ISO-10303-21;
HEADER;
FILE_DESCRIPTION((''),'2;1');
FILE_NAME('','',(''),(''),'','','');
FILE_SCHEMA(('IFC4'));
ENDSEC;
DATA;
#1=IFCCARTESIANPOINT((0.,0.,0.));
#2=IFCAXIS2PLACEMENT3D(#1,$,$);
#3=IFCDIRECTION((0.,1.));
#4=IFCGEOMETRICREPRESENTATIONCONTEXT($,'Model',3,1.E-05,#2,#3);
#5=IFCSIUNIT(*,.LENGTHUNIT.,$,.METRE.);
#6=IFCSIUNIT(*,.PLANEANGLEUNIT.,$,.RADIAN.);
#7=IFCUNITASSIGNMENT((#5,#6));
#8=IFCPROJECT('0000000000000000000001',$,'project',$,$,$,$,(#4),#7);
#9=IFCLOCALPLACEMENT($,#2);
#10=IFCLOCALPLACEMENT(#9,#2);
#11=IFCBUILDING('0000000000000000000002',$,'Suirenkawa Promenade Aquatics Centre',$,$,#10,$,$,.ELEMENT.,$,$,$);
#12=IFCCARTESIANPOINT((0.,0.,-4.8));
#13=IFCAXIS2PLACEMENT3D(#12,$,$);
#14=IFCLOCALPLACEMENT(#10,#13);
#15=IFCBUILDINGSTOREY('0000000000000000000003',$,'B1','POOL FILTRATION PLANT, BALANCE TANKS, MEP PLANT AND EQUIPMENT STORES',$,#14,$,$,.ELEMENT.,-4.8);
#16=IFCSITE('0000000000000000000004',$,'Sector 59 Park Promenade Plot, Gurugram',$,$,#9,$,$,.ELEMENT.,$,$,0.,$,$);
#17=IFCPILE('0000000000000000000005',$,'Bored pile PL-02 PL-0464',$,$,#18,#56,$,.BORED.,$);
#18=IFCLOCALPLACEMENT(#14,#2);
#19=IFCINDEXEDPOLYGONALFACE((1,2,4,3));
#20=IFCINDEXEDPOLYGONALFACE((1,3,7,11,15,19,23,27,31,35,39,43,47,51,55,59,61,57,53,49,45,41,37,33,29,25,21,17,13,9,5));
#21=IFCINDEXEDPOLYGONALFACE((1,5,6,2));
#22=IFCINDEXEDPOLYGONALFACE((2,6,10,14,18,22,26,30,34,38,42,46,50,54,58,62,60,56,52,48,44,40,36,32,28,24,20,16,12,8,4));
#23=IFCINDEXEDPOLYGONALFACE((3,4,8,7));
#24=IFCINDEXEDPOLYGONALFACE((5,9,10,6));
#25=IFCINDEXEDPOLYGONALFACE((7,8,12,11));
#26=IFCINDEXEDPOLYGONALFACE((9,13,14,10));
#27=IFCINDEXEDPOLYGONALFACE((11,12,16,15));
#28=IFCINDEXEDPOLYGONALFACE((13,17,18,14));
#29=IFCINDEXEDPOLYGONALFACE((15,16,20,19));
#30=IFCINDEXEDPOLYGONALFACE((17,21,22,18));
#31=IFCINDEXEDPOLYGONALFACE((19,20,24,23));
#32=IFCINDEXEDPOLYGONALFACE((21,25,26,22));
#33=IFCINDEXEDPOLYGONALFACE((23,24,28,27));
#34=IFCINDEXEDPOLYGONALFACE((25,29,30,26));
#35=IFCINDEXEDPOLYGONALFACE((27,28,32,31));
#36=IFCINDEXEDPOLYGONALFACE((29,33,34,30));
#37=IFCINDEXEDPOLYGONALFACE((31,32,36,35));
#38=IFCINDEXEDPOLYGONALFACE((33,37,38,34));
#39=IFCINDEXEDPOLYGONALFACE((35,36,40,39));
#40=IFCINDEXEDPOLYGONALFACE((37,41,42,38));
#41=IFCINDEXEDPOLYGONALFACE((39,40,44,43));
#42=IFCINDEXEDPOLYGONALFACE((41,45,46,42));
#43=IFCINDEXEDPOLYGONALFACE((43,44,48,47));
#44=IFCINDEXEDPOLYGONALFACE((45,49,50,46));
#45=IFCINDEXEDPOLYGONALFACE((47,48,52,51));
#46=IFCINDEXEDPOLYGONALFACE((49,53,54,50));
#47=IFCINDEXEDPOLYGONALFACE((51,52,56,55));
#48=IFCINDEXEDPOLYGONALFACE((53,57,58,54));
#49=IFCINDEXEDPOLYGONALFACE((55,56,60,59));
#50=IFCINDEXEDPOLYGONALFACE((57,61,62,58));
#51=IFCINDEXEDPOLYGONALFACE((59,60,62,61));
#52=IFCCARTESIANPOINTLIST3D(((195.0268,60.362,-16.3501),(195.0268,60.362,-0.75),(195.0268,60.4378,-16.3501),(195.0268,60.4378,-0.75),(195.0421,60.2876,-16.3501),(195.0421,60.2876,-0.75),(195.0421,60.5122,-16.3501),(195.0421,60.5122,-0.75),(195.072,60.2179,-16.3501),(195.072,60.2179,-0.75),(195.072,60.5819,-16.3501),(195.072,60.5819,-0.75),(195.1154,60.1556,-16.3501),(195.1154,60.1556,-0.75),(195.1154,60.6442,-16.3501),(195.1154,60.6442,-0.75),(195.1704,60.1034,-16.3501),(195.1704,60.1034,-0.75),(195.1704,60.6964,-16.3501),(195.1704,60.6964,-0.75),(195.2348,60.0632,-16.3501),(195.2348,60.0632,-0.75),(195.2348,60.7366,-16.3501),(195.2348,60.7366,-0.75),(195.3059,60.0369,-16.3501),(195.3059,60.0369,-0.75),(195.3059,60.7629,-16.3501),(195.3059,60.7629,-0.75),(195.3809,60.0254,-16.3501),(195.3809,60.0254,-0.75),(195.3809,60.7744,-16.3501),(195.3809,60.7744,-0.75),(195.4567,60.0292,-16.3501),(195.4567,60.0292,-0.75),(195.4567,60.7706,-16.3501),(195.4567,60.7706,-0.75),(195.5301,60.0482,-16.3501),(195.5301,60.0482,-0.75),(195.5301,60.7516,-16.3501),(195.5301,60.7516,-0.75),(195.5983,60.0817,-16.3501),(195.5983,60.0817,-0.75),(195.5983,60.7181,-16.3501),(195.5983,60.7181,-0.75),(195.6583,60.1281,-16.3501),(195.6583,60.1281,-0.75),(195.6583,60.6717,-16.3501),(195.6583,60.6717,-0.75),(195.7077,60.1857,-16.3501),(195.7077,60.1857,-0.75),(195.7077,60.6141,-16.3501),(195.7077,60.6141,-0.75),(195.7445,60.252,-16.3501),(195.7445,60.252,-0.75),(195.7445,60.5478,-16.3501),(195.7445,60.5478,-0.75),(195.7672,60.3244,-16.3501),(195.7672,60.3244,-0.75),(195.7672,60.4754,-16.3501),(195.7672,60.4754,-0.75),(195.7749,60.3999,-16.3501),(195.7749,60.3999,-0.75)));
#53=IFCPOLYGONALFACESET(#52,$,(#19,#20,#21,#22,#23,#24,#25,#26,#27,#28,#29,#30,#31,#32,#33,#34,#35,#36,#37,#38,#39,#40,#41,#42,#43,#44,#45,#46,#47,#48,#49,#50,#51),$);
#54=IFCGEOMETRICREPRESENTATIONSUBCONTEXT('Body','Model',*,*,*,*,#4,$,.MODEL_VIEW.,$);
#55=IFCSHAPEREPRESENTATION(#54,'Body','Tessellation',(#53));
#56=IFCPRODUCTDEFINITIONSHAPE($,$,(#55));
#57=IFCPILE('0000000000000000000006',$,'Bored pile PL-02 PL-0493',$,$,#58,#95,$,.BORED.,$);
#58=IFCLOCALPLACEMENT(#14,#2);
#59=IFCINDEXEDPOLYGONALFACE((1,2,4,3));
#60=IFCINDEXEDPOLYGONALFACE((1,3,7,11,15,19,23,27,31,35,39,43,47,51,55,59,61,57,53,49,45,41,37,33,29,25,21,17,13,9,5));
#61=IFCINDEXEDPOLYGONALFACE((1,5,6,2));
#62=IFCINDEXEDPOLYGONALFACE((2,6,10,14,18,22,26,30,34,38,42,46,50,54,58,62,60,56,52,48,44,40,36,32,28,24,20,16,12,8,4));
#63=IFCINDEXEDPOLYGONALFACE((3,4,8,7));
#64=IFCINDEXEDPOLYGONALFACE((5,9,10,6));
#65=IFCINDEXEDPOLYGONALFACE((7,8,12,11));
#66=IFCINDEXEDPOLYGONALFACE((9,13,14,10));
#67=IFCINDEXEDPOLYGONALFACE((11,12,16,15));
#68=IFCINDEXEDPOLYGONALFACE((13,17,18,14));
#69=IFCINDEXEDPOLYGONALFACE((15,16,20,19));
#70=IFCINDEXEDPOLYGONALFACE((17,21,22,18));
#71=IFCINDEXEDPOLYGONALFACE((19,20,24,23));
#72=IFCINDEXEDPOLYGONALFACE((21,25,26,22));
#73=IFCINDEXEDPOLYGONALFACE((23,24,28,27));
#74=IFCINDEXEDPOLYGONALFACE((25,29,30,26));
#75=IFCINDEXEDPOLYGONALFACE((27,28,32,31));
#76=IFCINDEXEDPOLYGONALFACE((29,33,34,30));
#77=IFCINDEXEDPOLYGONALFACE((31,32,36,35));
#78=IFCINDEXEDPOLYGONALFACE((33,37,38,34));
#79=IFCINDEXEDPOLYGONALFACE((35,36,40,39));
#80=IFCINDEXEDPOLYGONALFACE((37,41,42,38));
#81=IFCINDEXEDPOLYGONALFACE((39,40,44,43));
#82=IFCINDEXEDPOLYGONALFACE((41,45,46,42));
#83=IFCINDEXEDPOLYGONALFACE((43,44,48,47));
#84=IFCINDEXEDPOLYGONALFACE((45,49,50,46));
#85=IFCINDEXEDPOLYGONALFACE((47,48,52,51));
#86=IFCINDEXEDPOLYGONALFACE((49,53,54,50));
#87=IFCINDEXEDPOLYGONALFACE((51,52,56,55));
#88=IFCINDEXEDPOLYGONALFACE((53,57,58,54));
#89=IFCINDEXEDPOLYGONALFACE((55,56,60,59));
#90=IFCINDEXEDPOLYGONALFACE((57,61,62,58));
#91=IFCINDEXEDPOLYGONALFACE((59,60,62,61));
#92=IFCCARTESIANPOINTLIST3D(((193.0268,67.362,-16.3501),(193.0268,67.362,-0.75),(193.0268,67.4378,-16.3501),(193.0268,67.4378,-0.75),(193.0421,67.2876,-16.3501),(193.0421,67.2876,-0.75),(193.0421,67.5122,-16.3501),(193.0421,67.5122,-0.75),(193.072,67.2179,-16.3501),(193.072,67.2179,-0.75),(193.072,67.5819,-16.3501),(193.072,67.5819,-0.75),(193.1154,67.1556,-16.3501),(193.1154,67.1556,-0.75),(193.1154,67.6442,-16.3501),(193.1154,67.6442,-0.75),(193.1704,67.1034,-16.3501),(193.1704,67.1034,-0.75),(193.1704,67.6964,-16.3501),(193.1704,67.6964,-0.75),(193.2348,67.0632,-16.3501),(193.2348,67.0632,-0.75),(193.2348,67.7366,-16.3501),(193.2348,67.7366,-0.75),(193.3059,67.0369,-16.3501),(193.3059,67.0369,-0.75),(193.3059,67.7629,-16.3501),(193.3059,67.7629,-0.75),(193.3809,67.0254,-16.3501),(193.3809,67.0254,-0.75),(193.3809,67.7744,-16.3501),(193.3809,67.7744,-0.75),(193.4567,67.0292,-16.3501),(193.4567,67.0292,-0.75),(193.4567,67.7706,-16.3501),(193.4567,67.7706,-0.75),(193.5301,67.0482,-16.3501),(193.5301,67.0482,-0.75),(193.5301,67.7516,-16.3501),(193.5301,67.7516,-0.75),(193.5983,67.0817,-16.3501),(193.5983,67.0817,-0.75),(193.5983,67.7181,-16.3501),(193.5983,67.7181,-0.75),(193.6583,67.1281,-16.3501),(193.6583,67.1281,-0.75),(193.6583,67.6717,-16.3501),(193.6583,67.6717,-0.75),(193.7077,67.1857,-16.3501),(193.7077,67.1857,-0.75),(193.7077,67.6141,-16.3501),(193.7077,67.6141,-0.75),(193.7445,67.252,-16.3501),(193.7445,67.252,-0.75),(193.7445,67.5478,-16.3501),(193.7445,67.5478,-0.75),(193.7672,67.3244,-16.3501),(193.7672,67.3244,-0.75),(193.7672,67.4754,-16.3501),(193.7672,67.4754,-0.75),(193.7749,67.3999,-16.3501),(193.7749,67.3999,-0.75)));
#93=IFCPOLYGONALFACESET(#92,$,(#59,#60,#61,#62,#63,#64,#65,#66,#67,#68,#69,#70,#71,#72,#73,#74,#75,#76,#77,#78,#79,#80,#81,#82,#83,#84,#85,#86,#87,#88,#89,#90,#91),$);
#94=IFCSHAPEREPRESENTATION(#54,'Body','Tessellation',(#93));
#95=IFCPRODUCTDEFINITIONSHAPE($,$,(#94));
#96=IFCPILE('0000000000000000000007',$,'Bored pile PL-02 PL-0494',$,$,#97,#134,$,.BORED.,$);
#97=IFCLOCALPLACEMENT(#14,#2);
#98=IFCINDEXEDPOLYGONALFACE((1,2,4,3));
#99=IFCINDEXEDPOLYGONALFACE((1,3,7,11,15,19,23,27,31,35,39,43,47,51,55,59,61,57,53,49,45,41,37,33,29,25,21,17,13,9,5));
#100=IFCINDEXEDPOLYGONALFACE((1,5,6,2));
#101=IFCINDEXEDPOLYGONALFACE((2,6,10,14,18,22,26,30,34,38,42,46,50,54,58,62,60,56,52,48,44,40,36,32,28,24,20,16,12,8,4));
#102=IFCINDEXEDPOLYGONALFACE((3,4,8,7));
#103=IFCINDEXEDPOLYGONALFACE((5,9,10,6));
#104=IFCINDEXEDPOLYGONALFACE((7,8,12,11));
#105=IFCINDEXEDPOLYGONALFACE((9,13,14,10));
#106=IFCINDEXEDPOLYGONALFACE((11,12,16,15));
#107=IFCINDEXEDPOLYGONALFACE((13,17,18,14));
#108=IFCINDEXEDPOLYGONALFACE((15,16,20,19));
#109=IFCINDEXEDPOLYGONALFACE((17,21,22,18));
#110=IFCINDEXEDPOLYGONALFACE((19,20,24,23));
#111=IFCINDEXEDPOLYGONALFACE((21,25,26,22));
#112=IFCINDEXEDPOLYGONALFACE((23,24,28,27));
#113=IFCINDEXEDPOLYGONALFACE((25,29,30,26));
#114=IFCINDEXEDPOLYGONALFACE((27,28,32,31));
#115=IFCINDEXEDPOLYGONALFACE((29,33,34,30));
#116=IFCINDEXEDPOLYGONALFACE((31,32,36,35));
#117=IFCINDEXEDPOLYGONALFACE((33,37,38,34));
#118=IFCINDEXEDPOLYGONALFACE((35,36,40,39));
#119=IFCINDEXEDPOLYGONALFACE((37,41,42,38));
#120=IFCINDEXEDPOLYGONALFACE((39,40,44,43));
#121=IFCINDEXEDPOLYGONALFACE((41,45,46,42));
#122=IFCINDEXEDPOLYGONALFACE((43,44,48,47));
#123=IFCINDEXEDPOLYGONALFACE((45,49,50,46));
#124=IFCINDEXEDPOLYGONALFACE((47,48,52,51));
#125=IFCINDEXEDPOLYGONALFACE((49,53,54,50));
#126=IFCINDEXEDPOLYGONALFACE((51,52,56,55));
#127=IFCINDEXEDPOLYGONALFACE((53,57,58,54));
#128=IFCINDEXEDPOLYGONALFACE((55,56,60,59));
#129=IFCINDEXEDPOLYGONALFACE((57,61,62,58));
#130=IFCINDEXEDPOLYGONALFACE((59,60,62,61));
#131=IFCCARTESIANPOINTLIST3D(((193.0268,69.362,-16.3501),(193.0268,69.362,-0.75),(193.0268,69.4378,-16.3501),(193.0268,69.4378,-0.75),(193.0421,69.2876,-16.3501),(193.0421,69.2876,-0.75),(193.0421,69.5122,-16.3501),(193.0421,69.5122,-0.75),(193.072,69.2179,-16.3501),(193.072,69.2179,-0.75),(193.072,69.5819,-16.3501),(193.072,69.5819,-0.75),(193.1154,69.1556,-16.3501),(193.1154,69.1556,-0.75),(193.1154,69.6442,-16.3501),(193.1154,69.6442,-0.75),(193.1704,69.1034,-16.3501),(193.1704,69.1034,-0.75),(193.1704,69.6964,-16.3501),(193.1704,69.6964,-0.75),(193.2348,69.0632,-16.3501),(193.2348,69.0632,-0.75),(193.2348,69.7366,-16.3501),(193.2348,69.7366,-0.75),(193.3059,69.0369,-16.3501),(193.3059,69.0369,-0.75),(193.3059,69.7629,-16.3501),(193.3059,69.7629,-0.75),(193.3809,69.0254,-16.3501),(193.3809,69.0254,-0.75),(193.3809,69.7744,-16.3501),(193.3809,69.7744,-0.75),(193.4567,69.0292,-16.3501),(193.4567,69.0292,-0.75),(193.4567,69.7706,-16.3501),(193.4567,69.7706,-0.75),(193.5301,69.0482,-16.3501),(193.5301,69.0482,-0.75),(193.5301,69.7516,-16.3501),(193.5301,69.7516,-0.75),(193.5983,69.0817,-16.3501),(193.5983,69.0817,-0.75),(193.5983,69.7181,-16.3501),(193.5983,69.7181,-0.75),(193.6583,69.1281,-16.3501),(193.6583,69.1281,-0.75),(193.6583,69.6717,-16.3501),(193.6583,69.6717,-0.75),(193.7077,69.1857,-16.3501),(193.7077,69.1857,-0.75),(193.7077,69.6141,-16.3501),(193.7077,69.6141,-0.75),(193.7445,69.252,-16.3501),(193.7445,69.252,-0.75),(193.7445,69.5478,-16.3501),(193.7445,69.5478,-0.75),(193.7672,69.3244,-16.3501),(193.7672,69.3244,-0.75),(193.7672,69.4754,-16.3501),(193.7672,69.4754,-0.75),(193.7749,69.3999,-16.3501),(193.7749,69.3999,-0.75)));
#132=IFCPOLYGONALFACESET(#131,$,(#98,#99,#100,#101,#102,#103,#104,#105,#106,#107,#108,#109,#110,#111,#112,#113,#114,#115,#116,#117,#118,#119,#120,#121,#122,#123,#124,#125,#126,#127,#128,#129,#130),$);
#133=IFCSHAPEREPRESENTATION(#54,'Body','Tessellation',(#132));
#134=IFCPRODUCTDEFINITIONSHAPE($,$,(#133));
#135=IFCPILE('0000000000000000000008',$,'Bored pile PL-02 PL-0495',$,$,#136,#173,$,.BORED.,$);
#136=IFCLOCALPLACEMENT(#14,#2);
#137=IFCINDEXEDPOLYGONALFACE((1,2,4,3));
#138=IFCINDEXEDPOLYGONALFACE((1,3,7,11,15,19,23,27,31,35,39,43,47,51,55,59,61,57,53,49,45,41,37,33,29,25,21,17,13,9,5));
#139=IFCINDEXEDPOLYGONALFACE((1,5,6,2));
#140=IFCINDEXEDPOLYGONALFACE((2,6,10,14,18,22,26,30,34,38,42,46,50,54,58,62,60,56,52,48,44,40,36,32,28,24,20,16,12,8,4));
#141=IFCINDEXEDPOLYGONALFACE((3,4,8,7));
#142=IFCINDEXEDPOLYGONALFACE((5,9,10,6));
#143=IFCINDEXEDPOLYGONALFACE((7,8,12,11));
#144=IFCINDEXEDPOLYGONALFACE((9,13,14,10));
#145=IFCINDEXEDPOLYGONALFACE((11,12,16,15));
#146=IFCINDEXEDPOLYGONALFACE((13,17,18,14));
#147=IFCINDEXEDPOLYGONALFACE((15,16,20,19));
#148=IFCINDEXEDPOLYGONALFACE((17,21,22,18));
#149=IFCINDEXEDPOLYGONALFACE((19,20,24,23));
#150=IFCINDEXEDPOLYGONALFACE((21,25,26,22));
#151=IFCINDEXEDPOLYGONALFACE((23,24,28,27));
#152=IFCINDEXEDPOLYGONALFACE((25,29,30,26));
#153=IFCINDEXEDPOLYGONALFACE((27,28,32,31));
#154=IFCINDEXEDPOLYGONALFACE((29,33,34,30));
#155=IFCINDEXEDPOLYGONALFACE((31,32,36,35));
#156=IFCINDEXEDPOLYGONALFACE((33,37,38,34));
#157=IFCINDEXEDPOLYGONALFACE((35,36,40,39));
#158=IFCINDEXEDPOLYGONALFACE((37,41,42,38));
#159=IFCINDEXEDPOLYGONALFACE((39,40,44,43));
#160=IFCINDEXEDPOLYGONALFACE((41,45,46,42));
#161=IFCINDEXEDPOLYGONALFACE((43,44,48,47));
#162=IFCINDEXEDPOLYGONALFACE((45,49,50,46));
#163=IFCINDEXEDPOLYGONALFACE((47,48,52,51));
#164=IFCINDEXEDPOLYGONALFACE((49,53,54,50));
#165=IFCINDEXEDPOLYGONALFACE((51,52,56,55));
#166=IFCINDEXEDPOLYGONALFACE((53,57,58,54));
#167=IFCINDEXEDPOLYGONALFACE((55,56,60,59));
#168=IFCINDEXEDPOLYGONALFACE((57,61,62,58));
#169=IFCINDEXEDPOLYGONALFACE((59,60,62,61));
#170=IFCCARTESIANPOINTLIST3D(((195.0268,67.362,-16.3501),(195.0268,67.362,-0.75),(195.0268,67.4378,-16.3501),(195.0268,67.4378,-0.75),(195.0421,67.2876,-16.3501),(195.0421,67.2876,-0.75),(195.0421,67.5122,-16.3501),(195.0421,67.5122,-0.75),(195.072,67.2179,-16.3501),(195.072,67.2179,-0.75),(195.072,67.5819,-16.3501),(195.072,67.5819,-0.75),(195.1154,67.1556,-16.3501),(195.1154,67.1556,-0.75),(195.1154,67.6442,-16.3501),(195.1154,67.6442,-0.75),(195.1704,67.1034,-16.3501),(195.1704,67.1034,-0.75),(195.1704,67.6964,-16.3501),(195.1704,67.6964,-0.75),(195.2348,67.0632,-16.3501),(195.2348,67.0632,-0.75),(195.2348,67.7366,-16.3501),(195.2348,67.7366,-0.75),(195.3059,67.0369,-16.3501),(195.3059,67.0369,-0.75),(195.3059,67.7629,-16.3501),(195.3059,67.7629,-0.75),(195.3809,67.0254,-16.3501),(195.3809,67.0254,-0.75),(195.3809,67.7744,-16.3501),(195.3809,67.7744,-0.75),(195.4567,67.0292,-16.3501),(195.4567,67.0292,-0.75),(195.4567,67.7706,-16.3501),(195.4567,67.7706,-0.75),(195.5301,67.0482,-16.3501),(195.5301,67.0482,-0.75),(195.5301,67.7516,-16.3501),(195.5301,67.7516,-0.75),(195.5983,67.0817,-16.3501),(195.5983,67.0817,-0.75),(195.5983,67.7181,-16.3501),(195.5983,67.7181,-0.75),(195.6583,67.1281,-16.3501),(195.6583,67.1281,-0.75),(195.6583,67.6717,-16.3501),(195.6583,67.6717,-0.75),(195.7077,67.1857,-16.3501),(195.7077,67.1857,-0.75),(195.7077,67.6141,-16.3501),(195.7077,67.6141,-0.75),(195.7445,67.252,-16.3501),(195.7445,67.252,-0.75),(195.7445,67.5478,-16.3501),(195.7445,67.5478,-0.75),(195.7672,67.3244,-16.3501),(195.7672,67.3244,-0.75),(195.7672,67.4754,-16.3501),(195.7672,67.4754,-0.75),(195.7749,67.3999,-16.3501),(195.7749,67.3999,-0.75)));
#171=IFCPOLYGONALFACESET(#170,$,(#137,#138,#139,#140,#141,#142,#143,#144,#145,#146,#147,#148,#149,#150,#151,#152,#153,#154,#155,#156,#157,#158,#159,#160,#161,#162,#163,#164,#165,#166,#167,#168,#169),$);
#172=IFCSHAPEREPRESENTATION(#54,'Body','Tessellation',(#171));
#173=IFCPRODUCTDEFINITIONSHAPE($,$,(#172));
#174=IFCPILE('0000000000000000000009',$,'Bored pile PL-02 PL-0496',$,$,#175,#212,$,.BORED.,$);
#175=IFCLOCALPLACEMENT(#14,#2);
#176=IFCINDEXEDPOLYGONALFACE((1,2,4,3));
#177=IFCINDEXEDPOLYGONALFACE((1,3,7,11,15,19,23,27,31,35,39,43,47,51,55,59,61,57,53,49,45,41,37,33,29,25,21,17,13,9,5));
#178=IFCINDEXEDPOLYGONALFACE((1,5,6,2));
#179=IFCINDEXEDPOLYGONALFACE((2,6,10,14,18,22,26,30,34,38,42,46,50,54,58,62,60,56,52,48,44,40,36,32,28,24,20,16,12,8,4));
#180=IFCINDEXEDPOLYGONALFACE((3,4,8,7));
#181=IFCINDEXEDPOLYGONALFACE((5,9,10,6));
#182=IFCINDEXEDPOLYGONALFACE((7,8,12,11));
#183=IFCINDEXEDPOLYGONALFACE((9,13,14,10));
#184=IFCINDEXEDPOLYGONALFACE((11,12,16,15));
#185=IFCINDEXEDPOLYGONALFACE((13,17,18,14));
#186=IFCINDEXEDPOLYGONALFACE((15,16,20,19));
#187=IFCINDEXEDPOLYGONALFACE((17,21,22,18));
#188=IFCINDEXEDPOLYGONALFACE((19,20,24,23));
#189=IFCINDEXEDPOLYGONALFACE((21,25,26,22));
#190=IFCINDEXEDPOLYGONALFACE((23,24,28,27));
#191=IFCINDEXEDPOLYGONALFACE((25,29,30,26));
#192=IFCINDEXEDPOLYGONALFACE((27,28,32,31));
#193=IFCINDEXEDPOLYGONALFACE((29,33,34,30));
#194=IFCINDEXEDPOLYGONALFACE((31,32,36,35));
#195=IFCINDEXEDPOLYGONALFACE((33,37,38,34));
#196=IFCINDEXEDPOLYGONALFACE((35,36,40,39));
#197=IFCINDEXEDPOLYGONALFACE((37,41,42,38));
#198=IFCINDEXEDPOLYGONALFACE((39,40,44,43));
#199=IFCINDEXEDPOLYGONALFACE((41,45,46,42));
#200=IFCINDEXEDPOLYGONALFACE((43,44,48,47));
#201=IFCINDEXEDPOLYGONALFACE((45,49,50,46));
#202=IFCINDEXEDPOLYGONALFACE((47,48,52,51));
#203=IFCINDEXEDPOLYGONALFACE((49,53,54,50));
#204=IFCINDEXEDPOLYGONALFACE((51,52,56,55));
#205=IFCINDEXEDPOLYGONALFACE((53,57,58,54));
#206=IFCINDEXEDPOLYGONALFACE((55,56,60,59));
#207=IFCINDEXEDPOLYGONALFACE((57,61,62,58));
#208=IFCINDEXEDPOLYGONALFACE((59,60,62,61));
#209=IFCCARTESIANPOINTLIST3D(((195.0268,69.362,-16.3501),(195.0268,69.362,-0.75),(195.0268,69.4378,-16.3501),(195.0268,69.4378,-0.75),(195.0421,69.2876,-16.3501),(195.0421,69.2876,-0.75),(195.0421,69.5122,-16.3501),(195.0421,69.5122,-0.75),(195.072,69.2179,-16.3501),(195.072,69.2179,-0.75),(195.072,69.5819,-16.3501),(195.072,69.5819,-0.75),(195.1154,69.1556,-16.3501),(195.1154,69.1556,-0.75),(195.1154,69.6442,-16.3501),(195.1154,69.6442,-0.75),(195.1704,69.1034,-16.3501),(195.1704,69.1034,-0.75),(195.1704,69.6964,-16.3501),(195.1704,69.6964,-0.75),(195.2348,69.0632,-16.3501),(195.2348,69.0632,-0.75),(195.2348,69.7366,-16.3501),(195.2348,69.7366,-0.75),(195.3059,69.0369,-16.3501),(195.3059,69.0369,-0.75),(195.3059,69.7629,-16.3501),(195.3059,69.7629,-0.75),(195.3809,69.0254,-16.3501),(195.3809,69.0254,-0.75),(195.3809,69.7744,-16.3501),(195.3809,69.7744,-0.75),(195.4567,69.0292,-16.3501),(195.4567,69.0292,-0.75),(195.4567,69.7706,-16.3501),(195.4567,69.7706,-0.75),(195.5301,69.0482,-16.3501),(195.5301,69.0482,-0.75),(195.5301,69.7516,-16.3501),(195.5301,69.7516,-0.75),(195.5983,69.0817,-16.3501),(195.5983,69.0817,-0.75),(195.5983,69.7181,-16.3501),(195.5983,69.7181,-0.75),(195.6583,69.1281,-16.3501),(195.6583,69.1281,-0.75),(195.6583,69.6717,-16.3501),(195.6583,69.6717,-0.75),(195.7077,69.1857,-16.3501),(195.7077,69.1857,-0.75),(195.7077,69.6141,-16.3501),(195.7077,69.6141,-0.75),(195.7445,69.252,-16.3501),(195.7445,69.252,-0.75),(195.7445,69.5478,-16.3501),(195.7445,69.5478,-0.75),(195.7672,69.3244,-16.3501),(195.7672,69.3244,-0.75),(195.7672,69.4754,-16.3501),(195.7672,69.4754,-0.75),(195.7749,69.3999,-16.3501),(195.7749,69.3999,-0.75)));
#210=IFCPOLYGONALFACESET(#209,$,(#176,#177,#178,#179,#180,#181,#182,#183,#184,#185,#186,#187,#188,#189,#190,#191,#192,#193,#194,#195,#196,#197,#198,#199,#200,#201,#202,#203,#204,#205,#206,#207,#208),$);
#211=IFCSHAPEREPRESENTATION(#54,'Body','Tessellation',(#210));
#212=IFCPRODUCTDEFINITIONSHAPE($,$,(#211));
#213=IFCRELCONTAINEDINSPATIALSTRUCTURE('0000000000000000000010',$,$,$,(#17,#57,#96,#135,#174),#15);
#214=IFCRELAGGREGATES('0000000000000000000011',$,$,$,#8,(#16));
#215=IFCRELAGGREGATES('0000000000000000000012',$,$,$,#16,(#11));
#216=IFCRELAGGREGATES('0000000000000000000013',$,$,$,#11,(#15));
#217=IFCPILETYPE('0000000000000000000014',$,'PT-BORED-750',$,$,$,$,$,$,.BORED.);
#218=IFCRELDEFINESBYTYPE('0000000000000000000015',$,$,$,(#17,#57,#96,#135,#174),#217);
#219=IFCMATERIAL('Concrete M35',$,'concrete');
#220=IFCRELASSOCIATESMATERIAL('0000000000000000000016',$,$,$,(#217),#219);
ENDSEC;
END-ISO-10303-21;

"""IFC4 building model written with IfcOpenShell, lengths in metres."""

from ifc_helpers import new_model, si_unit, direction, frame, origin, origin_2d, place, context, subcontext, project, spatial, circle, extrude, material, material_profile, profile_set, type_object, element, save


model = new_model("IFC4")

# Units and contexts
model_context = context("Model", 3, precision=1e-05, world=origin(), true_north=direction((0.0, 1.0)))
body_context = subcontext(model_context, "Body", "Model", "MODEL_VIEW")
ifc_project = project(units=[si_unit("LENGTHUNIT", "METRE"), si_unit("PLANEANGLEUNIT", "RADIAN")], contexts=[model_context])

# Site, building, storey
site_placement = place(None, origin())
site = spatial("IfcSite", under=ifc_project, at=site_placement, Name="Sector 59 Park Promenade Plot, Gurugram", CompositionType="ELEMENT", RefElevation=0.0)
building_placement = place(site_placement, origin())
building = spatial("IfcBuilding", under=site, at=building_placement, Name="Suirenkawa Promenade Aquatics Centre", CompositionType="ELEMENT")
storey_placement = place(building_placement, frame((0.0, 0.0, -4.8)))
storey = spatial("IfcBuildingStorey", under=building, at=storey_placement, Name="B1", Description="POOL FILTRATION PLANT, BALANCE TANKS, MEP PLANT AND EQUIPMENT STORES", CompositionType="ELEMENT", Elevation=-4.8)

# Shared definitions
ifc_material_1 = material(Name="Concrete M35", Category="concrete")

# Piles
ifc_material_profile_1 = material_profile(ifc_material_1, circle(Radius=0.375, at=origin_2d()), Name="PILE D750", Category="concrete")
ifc_profile_set_1 = profile_set([ifc_material_profile_1], Name="Concrete M35")
pile_type_1 = type_object("IfcPileType", Name="PT-BORED-750", PredefinedType="BORED", material=ifc_profile_set_1)
for number, where, z_axis, x_axis, name in (
    (1, (195.3999, 60.3999, -0.75), (0.0, 0.0, -1.0), (1.0, 0.0, 0.0), "Bored pile PL-02 PL-0464"),
    (2, (193.3999, 67.3999, -0.75), (0.0, 0.0, -1.0), (1.0, 0.0, 0.0), "Bored pile PL-02 PL-0493"),
    (3, (193.3999, 69.3999, -0.75), (0.0, 0.0, -1.0), (1.0, 0.0, 0.0), "Bored pile PL-02 PL-0494"),
    (4, (195.3999, 67.3999, -0.75), (0.0, 0.0, -1.0), (1.0, 0.0, 0.0), "Bored pile PL-02 PL-0495"),
    (5, (195.3999, 69.3999, -0.75), (0.0, 0.0, -1.0), (1.0, 0.0, 0.0), "Bored pile PL-02 PL-0496"),
):
    element("IfcPile", number, at=place(storey_placement, frame(where, z_axis=z_axis, x_axis=x_axis)), inside=storey, type_object=pile_type_1, Name=name, PredefinedType="BORED", context=body_context, shape_type="SweptSolid", body=[
        extrude(circle(Radius=0.375, at=origin_2d()), origin(), (0.0, 0.0, 1.0), 15.6001),
    ])

save(model, "model.ifc")
